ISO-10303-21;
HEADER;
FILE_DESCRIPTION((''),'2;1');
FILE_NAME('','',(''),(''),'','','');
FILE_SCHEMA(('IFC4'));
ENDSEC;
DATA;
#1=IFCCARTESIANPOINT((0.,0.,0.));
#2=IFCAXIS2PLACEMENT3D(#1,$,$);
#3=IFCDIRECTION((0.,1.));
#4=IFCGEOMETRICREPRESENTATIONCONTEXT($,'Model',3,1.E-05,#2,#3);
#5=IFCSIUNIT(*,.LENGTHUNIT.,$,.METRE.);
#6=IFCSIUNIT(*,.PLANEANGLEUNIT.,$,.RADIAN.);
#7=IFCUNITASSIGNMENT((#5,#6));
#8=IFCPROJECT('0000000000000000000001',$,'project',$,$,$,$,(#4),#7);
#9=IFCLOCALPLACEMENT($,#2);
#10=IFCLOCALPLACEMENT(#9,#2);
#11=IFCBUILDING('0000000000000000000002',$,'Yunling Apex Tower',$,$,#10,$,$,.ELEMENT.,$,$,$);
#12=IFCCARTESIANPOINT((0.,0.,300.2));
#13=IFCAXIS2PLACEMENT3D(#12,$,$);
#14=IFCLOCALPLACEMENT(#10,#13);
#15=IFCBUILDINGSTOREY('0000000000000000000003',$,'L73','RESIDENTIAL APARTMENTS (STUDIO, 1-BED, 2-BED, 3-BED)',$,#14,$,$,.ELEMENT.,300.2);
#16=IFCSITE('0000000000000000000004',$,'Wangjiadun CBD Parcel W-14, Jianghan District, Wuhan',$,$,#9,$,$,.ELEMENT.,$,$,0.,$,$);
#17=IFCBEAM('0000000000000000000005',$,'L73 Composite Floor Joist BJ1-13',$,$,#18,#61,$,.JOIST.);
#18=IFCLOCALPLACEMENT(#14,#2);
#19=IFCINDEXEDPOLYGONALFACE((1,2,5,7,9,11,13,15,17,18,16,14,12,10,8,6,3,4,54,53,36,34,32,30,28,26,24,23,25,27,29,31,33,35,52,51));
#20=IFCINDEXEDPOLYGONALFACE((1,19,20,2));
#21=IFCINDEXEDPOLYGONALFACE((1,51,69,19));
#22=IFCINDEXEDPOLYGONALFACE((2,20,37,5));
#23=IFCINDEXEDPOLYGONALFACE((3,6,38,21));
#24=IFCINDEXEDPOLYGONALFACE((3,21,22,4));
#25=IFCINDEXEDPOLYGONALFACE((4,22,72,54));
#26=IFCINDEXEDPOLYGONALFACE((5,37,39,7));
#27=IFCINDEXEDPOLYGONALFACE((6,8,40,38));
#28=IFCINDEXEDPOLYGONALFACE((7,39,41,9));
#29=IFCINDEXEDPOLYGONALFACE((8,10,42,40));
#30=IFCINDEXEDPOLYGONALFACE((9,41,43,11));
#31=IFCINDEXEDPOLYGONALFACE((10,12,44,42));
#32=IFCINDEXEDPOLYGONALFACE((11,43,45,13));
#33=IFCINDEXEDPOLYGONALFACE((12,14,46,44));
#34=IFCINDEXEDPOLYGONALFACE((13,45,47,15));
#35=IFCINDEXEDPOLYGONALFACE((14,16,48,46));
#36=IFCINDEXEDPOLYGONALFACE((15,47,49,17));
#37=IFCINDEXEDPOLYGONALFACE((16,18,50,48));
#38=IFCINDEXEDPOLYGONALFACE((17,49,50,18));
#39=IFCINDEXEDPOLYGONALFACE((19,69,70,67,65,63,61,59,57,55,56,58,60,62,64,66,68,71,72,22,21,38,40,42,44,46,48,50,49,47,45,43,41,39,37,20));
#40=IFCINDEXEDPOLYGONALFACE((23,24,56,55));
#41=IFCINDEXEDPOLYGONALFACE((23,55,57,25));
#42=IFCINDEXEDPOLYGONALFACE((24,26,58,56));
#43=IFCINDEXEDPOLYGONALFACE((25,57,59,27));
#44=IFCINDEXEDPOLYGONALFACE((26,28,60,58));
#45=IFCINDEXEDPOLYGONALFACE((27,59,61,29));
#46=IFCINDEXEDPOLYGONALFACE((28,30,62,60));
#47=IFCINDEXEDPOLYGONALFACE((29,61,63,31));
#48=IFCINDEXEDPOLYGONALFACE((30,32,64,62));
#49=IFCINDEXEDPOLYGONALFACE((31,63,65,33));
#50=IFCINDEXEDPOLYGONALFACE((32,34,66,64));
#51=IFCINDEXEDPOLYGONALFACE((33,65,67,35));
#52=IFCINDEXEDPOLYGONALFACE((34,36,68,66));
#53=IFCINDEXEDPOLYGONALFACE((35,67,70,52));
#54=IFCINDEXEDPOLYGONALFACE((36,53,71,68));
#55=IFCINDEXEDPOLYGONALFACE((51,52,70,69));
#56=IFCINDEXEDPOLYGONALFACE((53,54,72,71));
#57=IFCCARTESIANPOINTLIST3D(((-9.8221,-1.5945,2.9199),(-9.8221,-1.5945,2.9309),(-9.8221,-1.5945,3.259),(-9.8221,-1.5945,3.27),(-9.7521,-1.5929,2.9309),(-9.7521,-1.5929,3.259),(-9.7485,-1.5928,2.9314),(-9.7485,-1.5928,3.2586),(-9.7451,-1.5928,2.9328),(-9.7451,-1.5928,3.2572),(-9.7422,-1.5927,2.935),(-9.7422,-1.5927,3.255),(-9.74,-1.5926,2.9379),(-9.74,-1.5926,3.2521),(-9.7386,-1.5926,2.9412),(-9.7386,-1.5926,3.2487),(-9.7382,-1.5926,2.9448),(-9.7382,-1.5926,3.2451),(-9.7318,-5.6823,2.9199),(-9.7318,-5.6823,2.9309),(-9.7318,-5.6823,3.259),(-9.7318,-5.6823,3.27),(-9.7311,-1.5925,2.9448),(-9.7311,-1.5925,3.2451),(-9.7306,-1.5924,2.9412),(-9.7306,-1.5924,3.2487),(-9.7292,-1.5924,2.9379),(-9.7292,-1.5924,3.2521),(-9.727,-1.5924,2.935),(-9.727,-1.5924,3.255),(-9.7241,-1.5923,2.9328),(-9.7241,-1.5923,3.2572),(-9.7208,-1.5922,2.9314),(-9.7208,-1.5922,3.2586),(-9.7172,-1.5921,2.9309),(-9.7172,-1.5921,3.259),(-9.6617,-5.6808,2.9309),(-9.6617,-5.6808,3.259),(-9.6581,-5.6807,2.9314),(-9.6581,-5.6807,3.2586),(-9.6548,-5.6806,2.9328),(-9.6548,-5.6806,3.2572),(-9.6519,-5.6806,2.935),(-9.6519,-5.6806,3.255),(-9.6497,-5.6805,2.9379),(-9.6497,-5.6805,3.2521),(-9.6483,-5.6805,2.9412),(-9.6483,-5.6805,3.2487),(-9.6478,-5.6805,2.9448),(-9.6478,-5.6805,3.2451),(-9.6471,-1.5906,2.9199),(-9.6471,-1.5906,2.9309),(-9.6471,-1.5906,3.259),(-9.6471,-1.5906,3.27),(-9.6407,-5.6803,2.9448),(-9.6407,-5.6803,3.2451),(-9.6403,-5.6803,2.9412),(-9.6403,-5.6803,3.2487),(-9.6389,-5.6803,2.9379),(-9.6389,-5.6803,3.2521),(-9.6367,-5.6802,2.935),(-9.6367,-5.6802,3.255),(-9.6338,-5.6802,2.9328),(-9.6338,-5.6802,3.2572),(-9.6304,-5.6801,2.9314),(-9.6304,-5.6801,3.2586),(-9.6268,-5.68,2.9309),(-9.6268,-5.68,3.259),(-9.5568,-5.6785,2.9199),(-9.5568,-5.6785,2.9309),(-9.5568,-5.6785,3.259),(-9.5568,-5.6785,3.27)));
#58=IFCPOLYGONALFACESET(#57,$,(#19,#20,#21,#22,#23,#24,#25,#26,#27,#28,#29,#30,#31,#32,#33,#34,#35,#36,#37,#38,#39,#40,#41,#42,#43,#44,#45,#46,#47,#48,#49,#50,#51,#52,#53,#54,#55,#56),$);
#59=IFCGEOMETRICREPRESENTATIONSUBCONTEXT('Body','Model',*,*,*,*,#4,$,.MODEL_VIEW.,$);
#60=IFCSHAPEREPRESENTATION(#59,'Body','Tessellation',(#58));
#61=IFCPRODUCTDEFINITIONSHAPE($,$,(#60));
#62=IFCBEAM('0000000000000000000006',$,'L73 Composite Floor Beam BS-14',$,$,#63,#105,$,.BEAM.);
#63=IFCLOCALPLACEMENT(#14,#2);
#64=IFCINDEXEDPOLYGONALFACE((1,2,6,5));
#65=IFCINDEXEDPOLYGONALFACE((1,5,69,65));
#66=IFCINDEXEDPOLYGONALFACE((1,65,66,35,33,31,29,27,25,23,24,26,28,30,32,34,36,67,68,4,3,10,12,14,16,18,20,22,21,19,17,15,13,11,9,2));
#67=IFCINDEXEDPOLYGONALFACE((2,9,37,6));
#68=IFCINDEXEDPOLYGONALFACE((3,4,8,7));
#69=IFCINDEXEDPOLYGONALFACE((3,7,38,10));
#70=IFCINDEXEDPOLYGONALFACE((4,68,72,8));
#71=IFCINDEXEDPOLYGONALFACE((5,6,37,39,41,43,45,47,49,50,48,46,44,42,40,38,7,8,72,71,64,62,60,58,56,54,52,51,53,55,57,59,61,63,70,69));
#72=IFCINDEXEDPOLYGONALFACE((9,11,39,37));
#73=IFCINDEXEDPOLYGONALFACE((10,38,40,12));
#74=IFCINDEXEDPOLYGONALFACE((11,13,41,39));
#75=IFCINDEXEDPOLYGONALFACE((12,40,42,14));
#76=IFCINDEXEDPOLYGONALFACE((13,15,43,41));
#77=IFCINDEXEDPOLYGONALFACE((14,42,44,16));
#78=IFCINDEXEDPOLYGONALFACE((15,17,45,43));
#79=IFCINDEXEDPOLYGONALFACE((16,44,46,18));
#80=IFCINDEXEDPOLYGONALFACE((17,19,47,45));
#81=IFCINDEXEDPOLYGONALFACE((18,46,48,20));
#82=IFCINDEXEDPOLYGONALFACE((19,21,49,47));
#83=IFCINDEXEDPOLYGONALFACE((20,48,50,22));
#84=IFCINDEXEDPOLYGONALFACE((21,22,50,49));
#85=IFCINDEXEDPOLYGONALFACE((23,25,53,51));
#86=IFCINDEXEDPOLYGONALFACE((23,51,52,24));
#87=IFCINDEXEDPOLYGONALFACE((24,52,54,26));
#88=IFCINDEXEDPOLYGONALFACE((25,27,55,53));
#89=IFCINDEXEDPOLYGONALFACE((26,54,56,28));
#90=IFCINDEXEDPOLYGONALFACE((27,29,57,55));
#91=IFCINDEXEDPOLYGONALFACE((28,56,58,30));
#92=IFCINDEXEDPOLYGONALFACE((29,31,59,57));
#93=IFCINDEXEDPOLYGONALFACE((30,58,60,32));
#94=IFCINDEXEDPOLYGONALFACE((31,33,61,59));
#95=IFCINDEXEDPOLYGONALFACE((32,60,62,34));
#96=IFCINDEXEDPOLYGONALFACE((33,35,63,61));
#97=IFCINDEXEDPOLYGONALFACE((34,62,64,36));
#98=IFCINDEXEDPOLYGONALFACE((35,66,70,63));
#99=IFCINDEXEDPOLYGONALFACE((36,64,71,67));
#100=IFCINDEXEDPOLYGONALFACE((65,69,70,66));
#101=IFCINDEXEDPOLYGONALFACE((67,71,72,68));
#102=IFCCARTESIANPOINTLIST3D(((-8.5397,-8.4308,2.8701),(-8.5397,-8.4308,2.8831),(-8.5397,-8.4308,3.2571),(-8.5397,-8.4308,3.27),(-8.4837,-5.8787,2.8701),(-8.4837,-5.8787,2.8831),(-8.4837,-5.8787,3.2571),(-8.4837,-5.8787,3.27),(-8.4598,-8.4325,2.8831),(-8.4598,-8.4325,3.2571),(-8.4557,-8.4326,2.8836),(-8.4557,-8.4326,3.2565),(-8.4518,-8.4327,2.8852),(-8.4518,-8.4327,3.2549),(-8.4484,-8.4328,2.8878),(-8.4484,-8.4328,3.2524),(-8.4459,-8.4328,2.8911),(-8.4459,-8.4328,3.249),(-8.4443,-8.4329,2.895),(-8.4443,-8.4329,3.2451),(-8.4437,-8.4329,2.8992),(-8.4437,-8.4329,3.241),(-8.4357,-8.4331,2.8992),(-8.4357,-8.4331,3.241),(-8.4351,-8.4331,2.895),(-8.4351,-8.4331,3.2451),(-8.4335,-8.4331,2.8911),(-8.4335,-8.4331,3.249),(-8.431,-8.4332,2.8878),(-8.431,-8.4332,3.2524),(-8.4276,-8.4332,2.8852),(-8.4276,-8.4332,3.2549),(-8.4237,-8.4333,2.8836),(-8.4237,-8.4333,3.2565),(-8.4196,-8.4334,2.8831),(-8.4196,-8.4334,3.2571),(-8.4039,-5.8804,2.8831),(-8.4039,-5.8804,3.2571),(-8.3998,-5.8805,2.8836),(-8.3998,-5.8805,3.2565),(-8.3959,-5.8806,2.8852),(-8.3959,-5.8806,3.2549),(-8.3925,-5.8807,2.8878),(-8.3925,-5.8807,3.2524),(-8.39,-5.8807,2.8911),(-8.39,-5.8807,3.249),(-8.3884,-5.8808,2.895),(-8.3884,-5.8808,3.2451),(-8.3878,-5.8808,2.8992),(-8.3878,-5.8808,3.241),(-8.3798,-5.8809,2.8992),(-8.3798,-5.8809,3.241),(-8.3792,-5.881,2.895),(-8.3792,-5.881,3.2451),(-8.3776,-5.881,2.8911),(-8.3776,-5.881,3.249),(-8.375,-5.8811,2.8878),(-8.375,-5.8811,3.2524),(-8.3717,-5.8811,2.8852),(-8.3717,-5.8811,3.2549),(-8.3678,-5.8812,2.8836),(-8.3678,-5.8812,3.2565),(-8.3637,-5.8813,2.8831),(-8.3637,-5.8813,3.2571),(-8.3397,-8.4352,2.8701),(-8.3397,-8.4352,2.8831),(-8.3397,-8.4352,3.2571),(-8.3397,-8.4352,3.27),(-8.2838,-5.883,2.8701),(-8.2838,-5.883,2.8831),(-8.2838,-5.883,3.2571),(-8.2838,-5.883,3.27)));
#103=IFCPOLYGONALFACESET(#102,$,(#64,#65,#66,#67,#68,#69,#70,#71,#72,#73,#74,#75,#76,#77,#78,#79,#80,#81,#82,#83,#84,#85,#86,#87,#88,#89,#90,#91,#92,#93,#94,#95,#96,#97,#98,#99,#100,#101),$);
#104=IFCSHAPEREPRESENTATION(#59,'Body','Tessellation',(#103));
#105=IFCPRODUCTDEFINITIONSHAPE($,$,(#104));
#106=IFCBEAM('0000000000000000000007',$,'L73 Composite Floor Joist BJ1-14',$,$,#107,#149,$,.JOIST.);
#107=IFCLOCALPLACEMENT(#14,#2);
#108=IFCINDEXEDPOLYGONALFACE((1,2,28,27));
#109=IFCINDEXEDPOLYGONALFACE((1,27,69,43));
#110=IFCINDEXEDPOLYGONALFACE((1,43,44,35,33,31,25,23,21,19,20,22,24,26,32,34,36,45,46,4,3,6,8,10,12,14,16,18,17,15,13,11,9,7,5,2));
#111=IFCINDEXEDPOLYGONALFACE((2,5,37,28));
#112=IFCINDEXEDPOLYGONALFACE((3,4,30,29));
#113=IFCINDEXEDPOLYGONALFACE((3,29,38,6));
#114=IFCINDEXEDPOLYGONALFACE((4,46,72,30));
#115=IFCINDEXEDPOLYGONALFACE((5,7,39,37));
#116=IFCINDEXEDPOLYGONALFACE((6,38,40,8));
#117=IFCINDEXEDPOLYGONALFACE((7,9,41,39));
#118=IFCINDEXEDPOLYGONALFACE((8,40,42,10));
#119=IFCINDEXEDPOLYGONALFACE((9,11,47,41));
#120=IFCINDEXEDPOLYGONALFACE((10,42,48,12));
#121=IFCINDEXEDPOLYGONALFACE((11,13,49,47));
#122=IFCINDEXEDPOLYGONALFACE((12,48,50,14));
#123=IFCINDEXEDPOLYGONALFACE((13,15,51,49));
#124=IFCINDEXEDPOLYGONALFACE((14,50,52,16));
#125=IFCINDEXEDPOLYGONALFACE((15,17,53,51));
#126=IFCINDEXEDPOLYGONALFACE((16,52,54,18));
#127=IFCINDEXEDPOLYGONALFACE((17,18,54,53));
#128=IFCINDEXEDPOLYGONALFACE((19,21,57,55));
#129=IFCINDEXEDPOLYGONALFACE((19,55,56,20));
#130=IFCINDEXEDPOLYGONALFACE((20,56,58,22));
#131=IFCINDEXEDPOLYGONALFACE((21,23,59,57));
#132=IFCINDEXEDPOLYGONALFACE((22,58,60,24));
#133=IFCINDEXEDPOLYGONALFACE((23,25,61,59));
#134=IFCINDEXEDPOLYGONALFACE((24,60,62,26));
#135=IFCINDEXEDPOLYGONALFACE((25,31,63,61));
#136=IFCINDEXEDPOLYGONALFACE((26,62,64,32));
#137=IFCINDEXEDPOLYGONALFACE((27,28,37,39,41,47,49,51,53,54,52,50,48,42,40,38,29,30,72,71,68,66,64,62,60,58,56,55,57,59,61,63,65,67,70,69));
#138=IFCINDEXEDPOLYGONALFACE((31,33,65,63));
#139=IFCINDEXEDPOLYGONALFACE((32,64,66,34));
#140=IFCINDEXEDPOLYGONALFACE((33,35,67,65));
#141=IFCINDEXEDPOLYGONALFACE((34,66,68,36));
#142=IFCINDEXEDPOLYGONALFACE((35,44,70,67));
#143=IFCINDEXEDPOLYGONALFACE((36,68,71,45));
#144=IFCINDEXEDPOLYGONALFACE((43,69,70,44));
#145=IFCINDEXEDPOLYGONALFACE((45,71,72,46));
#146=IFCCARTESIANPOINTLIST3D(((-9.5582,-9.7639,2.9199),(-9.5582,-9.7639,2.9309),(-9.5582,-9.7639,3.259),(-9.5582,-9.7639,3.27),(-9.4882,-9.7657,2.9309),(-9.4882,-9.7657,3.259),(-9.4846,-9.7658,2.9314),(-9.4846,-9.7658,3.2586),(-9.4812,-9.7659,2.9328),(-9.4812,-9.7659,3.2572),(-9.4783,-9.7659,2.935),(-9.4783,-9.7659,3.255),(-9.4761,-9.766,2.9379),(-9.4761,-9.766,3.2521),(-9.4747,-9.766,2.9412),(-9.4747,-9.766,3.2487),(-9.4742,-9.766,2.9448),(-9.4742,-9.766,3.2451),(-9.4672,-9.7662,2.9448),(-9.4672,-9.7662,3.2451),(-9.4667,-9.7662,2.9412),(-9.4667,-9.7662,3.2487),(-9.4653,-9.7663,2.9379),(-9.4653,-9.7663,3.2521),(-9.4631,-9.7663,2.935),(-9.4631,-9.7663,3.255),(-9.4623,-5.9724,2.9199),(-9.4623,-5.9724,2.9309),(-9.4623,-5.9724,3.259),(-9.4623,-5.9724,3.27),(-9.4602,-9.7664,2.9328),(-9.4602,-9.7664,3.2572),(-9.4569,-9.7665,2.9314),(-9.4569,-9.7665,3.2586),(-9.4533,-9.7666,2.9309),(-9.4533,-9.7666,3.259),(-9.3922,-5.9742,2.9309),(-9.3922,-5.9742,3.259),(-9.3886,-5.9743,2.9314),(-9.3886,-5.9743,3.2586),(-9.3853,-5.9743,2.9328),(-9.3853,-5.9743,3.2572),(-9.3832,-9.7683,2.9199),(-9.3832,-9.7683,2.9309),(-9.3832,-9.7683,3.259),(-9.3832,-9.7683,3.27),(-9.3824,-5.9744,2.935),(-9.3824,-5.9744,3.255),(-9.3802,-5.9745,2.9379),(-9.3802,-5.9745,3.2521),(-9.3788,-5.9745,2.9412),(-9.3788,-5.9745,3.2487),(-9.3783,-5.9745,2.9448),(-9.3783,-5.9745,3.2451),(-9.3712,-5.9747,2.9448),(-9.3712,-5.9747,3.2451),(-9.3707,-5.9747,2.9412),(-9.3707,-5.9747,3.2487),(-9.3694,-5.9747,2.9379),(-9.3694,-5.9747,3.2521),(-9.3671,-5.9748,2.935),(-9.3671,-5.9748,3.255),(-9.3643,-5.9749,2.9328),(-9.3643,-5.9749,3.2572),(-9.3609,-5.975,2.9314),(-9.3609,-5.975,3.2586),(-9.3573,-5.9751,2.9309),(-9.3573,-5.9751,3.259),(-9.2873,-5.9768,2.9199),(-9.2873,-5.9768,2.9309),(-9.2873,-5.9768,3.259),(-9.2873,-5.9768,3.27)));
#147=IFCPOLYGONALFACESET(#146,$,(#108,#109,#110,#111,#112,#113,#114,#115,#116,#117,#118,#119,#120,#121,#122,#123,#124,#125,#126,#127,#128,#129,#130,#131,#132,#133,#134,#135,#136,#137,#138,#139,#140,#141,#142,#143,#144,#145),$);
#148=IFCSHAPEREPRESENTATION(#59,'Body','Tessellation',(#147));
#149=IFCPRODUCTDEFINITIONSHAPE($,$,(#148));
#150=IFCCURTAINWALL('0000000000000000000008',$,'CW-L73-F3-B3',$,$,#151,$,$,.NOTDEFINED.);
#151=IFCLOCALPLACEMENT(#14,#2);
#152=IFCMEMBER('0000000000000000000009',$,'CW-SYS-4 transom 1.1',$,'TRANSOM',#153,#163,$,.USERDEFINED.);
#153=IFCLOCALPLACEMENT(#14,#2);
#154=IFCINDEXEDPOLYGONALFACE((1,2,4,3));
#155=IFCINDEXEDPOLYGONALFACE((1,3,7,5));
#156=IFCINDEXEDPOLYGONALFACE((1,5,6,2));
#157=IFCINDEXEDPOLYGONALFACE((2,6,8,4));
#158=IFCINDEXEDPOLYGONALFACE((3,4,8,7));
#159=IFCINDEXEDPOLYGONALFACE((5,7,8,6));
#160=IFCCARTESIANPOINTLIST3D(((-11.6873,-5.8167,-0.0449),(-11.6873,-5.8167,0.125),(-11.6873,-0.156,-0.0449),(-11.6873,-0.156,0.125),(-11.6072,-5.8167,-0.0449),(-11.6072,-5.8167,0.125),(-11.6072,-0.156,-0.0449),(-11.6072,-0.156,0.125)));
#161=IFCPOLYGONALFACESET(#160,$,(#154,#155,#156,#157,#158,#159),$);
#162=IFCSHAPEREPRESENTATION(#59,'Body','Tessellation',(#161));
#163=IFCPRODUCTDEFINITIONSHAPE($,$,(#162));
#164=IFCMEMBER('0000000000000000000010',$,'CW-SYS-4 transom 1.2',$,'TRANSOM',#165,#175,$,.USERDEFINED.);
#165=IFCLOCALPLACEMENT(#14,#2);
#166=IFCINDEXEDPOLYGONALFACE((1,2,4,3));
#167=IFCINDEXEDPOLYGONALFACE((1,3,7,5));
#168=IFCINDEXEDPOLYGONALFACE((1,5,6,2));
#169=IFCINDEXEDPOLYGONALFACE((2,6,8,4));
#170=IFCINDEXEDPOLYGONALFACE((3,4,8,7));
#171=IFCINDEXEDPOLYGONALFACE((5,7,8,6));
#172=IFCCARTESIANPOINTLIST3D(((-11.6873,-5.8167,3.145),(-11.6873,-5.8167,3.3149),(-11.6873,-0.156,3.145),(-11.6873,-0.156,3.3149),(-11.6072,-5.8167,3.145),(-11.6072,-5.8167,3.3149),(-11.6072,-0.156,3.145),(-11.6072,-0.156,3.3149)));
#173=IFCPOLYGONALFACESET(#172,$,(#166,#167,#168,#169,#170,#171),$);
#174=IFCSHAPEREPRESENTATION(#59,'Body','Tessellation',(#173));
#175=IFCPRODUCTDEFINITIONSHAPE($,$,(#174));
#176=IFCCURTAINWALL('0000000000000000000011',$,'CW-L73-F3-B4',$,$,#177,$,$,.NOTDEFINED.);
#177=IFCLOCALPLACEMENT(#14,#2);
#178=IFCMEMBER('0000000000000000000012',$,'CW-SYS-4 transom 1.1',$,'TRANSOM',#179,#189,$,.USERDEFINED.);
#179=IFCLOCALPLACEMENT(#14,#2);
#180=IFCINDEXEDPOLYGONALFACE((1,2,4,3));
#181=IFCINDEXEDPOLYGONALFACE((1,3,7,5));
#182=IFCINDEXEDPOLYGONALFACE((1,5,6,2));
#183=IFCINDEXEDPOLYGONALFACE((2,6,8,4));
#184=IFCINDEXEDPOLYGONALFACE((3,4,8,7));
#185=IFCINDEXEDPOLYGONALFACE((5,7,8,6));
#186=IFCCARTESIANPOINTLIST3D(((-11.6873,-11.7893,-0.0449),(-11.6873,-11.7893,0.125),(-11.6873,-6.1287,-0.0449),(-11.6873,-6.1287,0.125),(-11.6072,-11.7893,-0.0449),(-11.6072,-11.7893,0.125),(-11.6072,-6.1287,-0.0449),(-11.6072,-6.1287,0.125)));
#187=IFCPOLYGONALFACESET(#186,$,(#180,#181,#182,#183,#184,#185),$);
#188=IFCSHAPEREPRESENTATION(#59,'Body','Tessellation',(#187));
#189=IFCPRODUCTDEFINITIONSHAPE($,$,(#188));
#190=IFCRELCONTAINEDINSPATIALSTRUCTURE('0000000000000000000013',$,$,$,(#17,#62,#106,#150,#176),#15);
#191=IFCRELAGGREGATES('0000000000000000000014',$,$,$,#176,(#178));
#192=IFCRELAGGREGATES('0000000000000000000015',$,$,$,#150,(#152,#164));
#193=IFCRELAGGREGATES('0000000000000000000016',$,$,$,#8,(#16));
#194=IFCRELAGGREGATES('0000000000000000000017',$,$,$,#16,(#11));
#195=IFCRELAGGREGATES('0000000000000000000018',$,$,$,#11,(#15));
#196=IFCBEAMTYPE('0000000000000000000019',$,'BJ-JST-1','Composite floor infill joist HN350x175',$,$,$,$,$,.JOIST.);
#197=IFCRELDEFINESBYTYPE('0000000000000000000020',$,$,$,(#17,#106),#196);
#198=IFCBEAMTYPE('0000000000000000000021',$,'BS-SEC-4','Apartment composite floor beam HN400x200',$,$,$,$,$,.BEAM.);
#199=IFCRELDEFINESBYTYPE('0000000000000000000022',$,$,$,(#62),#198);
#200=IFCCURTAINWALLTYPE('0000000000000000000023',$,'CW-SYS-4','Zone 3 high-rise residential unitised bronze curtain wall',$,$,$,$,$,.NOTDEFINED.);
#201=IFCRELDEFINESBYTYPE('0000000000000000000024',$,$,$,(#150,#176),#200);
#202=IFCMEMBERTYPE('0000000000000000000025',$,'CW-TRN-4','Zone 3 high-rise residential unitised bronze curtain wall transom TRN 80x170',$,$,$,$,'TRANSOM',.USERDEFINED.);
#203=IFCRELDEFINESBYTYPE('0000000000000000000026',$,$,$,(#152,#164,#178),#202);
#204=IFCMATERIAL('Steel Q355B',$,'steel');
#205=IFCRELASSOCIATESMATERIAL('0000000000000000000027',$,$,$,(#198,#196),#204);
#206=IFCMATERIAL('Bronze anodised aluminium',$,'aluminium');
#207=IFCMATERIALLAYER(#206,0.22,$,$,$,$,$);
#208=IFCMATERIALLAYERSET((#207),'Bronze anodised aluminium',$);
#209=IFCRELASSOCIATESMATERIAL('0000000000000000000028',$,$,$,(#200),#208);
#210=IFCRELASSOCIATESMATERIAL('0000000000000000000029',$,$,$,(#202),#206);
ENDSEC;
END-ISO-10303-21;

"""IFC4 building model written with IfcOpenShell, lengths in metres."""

from ifc_helpers import new_model, si_unit, direction, frame, origin, origin_2d, place, context, subcontext, project, spatial, rectangle, i_section, extrude, source, transform, mapped, material, layer, layer_set, material_profile, profile_set, type_object, element, aggregate, save


model = new_model("IFC4")

# Units and contexts
model_context = context("Model", 3, precision=1e-05, world=origin(), true_north=direction((0.0, 1.0)))
body_context = subcontext(model_context, "Body", "Model", "MODEL_VIEW")
ifc_project = project(units=[si_unit("LENGTHUNIT", "METRE"), si_unit("PLANEANGLEUNIT", "RADIAN")], contexts=[model_context])

# Site, building, storey
site_placement = place(None, origin())
site = spatial("IfcSite", under=ifc_project, at=site_placement, Name="Wangjiadun CBD Parcel W-14, Jianghan District, Wuhan", CompositionType="ELEMENT", RefElevation=0.0)
building_placement = place(site_placement, origin())
building = spatial("IfcBuilding", under=site, at=building_placement, Name="Yunling Apex Tower", CompositionType="ELEMENT")
storey_placement = place(building_placement, frame((0.0, 0.0, 300.2)))
storey = spatial("IfcBuildingStorey", under=building, at=storey_placement, Name="L73", Description="RESIDENTIAL APARTMENTS (STUDIO, 1-BED, 2-BED, 3-BED)", CompositionType="ELEMENT", Elevation=300.2)

# Shared definitions
ifc_material_1 = material(Name="Steel Q355B", Category="steel")

# Beams
ifc_material_profile_1 = material_profile(ifc_material_1, i_section(OverallWidth=0.2, OverallDepth=0.3999, WebThickness=0.0081, FlangeThickness=0.0129, FilletRadius=0.0161, at=origin_2d()))
ifc_profile_set_1 = profile_set([ifc_material_profile_1], Name="Steel Q355B")
beam_type_1 = type_object("IfcBeamType", Name="BS-SEC-4", Description="Apartment composite floor beam HN400x200", PredefinedType="BEAM", material=ifc_profile_set_1)
ifc_material_profile_2 = material_profile(ifc_material_1, i_section(OverallWidth=0.175, OverallDepth=0.3501, WebThickness=0.0071, FlangeThickness=0.011, FilletRadius=0.0139, at=origin_2d()))
ifc_profile_set_2 = profile_set([ifc_material_profile_2], Name="Steel Q355B")
beam_type_2 = type_object("IfcBeamType", Name="BJ-JST-1", Description="Composite floor infill joist HN350x175", PredefinedType="JOIST", material=ifc_profile_set_2)
shared_shape_1 = source(origin(), body_context, "Body", "SweptSolid", [
    extrude(i_section(OverallWidth=0.175, OverallDepth=0.3501, WebThickness=0.0071, FlangeThickness=0.011, FilletRadius=0.0139, at=origin_2d()), origin(), (0.0, 0.0, 1.0), 4.0889),
])
beam_1_placement = place(storey_placement, frame((-9.7346, -1.5925, 3.095), z_axis=(0.022092, -0.999756, 0.0), x_axis=(0.999756, 0.022092, 0.0)))
element("IfcBeam", 1, at=beam_1_placement, inside=storey, type_object=beam_type_2, Name="L73 Composite Floor Joist BJ1-13", PredefinedType="JOIST", context=body_context, shape_type="MappedRepresentation", body=[
    mapped(shared_shape_1, transform((0.0, 0.0, 0.0), scale=1.0)),
])
shared_shape_2 = source(origin(), body_context, "Body", "SweptSolid", [
    extrude(i_section(OverallWidth=0.2, OverallDepth=0.3999, WebThickness=0.0081, FlangeThickness=0.0129, FilletRadius=0.0161, at=origin_2d()), origin(), (0.0, 0.0, 1.0), 2.5527),
])
beam_2_placement = place(storey_placement, frame((-8.3838, -5.8809, 3.0701), z_axis=(-0.021902, -0.99976, 0.0), x_axis=(0.99976, -0.021902, 0.0)))
element("IfcBeam", 2, at=beam_2_placement, inside=storey, type_object=beam_type_1, Name="L73 Composite Floor Beam BS-14", PredefinedType="BEAM", context=body_context, shape_type="MappedRepresentation", body=[
    mapped(shared_shape_2, transform((0.0, 0.0, 0.0), scale=1.0)),
])
shared_shape_3 = source(origin(), body_context, "Body", "SweptSolid", [
    extrude(i_section(OverallWidth=0.175, OverallDepth=0.3501, WebThickness=0.0071, FlangeThickness=0.011, FilletRadius=0.0139, at=origin_2d()), origin(), (0.0, 0.0, 1.0), 3.7927),
])
beam_3_placement = place(storey_placement, frame((-9.3748, -5.9746, 3.095), z_axis=(-0.025298, -0.99968, 0.0), x_axis=(0.99968, -0.025298, 0.0)))
element("IfcBeam", 3, at=beam_3_placement, inside=storey, type_object=beam_type_2, Name="L73 Composite Floor Joist BJ1-14", PredefinedType="JOIST", context=body_context, shape_type="MappedRepresentation", body=[
    mapped(shared_shape_3, transform((0.0, 0.0, 0.0), scale=1.0)),
])

# Curtain walls, members
ifc_material_2 = material(Name="Bronze anodised aluminium", Category="aluminium")
ifc_layer_1 = layer(ifc_material_2, 0.22)
ifc_layer_set_1 = layer_set([ifc_layer_1], Name="Bronze anodised aluminium")
curtain_wall_type = type_object("IfcCurtainWallType", Name="CW-SYS-4", Description="Zone 3 high-rise residential unitised bronze curtain wall", PredefinedType="NOTDEFINED", material=ifc_layer_set_1)
curtain_wall_1_placement = place(storey_placement, origin())
curtain_wall_1 = element("IfcCurtainWall", 4, at=curtain_wall_1_placement, inside=storey, type_object=curtain_wall_type, Name="CW-L73-F3-B3", PredefinedType="NOTDEFINED")
ifc_material_profile_3 = material_profile(ifc_material_2, rectangle(XDim=0.0801, YDim=0.1699, at=origin_2d()))
ifc_profile_set_3 = profile_set([ifc_material_profile_3], Name="Bronze anodised aluminium")
member_type_1 = type_object("IfcMemberType", Name="CW-TRN-4", Description="Zone 3 high-rise residential unitised bronze curtain wall transom TRN 80x170", ElementType="TRANSOM", PredefinedType="USERDEFINED", material=ifc_profile_set_3)
shared_shape_4 = source(origin(), body_context, "Body", "SweptSolid", [
    extrude(rectangle(XDim=0.0801, YDim=0.1699, at=origin_2d()), origin(), (0.0, 0.0, 1.0), 5.6606),
])
member_1_placement = place(storey_placement, frame((-11.6472, -0.156, 0.04), z_axis=(0.0, -1.0, 0.0), x_axis=(1.0, 0.0, 0.0)))
member_1 = element("IfcMember", 5, at=member_1_placement, type_object=member_type_1, Name="CW-SYS-4 transom 1.1", ObjectType="TRANSOM", PredefinedType="USERDEFINED", context=body_context, shape_type="MappedRepresentation", body=[
    mapped(shared_shape_4, transform((0.0, 0.0, 0.0), scale=1.0)),
])
member_2_placement = place(storey_placement, frame((-11.6472, -0.156, 3.23), z_axis=(0.0, -1.0, 0.0), x_axis=(1.0, 0.0, 0.0)))
member_2 = element("IfcMember", 6, at=member_2_placement, type_object=member_type_1, Name="CW-SYS-4 transom 1.2", ObjectType="TRANSOM", PredefinedType="USERDEFINED", context=body_context, shape_type="MappedRepresentation", body=[
    mapped(shared_shape_4, transform((0.0, 0.0, 0.0), scale=1.0)),
])
curtain_wall_2_placement = place(storey_placement, origin())
curtain_wall_2 = element("IfcCurtainWall", 7, at=curtain_wall_2_placement, inside=storey, type_object=curtain_wall_type, Name="CW-L73-F3-B4", PredefinedType="NOTDEFINED")
member_3_placement = place(storey_placement, frame((-11.6472, -6.1287, 0.04), z_axis=(0.0, -1.0, 0.0), x_axis=(1.0, 0.0, 0.0)))
member_3 = element("IfcMember", 8, at=member_3_placement, type_object=member_type_1, Name="CW-SYS-4 transom 1.1", ObjectType="TRANSOM", PredefinedType="USERDEFINED", context=body_context, shape_type="MappedRepresentation", body=[
    mapped(shared_shape_4, transform((0.0, 0.0, 0.0), scale=1.0)),
])

aggregate(curtain_wall_2, [member_3])

aggregate(curtain_wall_1, [member_1, member_2])

save(model, "model.ifc")
